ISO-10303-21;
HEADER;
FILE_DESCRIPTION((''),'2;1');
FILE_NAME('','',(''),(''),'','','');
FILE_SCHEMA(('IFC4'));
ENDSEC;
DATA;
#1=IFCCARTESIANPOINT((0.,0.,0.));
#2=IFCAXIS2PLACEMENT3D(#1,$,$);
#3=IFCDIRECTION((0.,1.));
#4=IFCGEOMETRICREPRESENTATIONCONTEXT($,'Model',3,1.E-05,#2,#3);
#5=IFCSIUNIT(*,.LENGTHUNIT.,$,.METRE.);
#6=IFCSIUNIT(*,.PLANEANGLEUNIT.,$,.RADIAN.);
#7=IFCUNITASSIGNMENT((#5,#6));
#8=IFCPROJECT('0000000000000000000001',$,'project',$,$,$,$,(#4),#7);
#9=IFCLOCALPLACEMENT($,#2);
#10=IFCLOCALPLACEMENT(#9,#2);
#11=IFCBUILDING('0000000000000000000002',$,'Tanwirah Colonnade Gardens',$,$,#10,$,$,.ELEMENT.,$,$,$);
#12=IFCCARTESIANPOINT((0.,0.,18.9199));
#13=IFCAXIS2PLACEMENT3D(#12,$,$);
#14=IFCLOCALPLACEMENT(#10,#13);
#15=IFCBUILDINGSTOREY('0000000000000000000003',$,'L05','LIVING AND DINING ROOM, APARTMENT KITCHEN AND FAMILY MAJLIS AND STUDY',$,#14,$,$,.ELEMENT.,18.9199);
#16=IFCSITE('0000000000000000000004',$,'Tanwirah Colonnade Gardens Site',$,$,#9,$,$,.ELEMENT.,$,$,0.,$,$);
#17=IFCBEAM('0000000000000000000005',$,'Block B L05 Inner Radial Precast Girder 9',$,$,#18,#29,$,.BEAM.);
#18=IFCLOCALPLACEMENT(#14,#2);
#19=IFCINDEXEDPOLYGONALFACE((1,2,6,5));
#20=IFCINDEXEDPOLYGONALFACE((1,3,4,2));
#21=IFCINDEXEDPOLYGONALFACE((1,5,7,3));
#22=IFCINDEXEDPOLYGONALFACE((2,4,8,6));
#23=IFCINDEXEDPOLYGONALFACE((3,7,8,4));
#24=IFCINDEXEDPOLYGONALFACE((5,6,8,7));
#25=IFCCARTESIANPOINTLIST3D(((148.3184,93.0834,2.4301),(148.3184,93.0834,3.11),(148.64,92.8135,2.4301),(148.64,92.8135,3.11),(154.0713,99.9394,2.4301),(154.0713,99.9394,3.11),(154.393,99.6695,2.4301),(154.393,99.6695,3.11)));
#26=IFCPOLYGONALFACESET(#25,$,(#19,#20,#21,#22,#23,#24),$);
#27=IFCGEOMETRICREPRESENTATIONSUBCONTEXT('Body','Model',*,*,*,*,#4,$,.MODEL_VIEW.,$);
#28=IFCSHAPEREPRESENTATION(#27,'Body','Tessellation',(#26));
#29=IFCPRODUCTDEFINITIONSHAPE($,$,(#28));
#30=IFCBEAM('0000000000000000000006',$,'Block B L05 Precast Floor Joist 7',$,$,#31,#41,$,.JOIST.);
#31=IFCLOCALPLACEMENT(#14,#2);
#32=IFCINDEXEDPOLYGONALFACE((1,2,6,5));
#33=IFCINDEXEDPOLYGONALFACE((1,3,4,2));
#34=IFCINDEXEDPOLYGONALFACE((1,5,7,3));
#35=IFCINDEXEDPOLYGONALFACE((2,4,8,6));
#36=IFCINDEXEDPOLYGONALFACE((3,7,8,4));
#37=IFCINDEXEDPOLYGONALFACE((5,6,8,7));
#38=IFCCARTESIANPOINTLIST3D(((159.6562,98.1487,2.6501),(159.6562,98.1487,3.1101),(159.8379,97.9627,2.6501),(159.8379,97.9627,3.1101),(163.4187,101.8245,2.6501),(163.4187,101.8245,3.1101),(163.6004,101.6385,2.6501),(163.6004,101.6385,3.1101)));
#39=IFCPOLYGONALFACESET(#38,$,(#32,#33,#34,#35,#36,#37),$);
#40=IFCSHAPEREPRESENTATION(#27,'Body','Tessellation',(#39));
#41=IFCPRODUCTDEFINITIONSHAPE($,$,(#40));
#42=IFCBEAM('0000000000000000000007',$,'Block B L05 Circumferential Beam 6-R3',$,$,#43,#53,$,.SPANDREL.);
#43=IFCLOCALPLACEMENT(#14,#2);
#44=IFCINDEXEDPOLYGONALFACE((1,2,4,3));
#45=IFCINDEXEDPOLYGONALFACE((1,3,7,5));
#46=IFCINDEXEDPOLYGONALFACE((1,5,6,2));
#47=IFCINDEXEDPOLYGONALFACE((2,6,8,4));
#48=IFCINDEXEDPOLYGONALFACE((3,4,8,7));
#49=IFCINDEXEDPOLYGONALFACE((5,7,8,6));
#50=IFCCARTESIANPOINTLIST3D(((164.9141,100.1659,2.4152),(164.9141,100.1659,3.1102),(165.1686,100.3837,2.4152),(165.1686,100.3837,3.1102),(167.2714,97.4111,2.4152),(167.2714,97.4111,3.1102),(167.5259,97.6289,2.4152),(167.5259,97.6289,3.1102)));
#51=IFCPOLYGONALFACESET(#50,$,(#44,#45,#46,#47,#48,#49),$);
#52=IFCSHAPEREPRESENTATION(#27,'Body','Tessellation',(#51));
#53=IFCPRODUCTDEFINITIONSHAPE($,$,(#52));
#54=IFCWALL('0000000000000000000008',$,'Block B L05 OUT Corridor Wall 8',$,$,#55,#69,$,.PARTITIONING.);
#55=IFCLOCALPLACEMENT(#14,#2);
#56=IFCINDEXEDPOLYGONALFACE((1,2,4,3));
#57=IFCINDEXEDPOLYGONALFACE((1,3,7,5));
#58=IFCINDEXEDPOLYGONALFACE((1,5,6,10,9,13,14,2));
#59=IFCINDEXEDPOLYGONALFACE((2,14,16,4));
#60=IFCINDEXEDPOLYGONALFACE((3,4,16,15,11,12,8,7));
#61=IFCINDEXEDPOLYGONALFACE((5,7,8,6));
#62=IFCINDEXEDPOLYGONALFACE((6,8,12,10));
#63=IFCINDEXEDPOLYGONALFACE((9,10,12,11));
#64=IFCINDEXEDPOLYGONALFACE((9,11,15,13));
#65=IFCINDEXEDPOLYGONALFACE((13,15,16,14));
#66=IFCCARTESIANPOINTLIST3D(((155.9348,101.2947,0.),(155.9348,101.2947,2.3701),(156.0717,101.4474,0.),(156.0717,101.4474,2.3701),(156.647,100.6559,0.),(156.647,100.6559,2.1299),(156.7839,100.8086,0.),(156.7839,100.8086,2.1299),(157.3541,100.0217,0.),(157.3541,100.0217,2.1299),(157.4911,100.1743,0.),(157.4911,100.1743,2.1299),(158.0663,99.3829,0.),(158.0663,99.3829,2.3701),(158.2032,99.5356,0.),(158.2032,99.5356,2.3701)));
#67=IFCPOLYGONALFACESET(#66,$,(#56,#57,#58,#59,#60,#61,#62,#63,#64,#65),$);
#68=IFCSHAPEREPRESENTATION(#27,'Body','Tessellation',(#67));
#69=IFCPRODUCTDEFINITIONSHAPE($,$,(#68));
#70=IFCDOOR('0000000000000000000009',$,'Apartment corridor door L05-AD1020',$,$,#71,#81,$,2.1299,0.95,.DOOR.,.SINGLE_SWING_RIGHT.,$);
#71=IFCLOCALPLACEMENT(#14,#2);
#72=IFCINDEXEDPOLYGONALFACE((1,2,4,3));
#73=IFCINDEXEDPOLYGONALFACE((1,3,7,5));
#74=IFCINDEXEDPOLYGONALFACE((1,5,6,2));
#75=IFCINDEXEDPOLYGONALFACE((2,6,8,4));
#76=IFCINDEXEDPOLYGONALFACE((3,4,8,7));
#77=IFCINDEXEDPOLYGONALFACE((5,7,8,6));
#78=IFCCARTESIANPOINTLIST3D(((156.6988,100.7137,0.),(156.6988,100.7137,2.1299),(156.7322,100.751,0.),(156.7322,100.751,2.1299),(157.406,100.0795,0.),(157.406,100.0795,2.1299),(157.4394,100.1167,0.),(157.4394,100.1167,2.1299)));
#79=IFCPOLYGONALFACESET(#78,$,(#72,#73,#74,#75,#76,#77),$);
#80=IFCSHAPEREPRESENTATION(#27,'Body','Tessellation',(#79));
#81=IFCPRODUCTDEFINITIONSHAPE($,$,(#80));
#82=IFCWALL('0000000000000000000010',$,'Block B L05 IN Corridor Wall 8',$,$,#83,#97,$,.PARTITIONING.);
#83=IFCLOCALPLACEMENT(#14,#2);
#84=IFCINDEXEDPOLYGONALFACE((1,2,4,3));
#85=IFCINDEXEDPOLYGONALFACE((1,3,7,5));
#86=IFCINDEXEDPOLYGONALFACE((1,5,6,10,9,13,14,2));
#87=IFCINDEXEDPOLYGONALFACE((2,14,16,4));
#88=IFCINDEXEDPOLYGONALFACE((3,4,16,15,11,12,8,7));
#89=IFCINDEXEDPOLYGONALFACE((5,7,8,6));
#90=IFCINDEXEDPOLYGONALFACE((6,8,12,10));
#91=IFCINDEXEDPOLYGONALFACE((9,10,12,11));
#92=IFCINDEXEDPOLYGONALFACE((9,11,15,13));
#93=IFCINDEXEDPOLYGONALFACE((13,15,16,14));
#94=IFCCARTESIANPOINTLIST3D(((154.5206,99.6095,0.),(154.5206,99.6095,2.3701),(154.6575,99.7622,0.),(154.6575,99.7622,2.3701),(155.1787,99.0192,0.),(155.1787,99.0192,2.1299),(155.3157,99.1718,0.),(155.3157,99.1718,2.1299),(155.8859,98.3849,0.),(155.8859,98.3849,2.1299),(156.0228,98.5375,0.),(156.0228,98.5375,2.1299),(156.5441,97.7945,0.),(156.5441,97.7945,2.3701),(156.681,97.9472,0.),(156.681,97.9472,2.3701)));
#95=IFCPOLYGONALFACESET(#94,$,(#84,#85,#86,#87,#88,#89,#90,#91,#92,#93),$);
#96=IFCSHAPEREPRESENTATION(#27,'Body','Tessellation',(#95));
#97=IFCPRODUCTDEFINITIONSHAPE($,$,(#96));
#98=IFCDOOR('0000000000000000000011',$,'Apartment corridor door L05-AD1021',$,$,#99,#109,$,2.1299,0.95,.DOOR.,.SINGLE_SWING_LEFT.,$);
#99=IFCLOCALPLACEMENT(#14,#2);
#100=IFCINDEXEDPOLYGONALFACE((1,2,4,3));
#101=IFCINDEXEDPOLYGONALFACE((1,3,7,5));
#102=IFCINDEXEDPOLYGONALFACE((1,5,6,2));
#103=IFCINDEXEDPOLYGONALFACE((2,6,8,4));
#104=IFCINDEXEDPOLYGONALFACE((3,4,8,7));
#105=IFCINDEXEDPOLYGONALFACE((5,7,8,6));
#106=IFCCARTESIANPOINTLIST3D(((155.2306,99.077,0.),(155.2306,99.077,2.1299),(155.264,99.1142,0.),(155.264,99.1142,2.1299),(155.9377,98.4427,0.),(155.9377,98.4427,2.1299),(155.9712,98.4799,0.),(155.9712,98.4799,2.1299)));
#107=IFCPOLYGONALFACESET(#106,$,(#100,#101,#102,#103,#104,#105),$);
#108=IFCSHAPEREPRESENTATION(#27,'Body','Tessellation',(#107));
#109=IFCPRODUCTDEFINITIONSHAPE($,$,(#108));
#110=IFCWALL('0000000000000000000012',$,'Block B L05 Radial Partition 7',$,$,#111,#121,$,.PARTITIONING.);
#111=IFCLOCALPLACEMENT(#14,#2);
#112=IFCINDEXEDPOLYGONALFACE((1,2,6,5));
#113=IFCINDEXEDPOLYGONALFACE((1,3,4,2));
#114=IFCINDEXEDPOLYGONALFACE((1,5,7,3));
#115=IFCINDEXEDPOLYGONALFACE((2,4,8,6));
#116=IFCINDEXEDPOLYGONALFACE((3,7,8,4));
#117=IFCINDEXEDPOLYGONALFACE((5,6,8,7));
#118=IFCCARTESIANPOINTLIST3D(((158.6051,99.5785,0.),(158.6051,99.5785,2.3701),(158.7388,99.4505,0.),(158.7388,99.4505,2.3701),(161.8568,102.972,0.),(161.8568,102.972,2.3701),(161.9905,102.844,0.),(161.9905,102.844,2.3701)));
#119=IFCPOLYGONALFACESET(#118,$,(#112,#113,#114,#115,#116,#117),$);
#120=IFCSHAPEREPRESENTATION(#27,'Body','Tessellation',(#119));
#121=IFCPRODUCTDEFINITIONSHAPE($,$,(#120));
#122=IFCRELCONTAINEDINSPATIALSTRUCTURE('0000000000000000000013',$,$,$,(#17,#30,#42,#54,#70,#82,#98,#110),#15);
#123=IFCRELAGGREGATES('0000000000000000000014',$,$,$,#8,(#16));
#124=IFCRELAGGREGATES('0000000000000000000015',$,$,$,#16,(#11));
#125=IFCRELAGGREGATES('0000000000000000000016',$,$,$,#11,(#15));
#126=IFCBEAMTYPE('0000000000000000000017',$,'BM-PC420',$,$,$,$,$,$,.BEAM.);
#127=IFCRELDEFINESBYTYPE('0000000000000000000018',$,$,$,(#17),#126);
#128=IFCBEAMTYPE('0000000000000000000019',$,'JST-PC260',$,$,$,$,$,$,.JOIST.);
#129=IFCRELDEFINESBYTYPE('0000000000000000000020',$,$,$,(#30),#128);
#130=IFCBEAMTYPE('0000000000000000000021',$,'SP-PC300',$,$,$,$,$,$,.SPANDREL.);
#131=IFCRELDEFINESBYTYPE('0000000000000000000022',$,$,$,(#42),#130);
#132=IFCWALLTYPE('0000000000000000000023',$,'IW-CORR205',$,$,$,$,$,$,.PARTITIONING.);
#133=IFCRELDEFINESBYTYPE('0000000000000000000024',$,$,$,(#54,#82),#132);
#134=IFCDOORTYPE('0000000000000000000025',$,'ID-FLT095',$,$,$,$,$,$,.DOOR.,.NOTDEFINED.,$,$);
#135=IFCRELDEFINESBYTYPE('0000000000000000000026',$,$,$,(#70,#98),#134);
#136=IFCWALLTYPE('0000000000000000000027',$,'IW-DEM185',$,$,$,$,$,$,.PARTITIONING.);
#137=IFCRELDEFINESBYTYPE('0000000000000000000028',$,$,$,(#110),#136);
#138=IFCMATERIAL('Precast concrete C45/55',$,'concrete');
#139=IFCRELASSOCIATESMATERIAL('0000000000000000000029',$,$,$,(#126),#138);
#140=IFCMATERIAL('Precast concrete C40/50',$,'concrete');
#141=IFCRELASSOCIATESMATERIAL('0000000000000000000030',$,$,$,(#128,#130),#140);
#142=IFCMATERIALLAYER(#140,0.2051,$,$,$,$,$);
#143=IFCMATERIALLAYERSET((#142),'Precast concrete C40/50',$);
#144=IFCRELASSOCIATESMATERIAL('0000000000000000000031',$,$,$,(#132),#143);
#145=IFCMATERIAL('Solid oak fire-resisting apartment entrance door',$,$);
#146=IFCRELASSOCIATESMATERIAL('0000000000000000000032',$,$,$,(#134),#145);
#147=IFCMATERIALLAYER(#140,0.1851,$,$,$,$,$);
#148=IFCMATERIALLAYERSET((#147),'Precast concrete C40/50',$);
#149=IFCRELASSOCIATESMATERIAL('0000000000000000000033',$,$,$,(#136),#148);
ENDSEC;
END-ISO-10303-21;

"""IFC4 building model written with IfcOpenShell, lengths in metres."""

from ifc_helpers import new_model, si_unit, direction, frame, frame_2d, origin, origin_2d, place, context, subcontext, project, spatial, rectangle, extrude, material, layer, layer_set, material_profile, profile_set, type_object, element, fill, save


model = new_model("IFC4")

# Units and contexts
model_context = context("Model", 3, precision=1e-05, world=origin(), true_north=direction((0.0, 1.0)))
body_context = subcontext(model_context, "Body", "Model", "MODEL_VIEW")
ifc_project = project(units=[si_unit("LENGTHUNIT", "METRE"), si_unit("PLANEANGLEUNIT", "RADIAN")], contexts=[model_context])

# Site, building, storey
site_placement = place(None, origin())
site = spatial("IfcSite", under=ifc_project, at=site_placement, Name="Tanwirah Colonnade Gardens Site", CompositionType="ELEMENT", RefElevation=0.0)
building_placement = place(site_placement, origin())
building = spatial("IfcBuilding", under=site, at=building_placement, Name="Tanwirah Colonnade Gardens", CompositionType="ELEMENT")
storey_placement = place(building_placement, frame((0.0, 0.0, 18.9199)))
storey = spatial("IfcBuildingStorey", under=building, at=storey_placement, Name="L05", Description="LIVING AND DINING ROOM, APARTMENT KITCHEN AND FAMILY MAJLIS AND STUDY", CompositionType="ELEMENT", Elevation=18.9199)

# Shared definitions
ifc_material_1 = material(Name="Precast concrete C45/55", Category="concrete")
ifc_material_2 = material(Name="Precast concrete C40/50", Category="concrete")

# Beams
ifc_material_profile_1 = material_profile(ifc_material_1, rectangle(XDim=0.4199, YDim=0.6799, at=origin_2d()), Name="PC-BM 420x680")
ifc_profile_set_1 = profile_set([ifc_material_profile_1], Name="Precast concrete C45/55")
beam_type_1 = type_object("IfcBeamType", Name="BM-PC420", PredefinedType="BEAM", material=ifc_profile_set_1)
beam_1_placement = place(storey_placement, frame((154.2322, 99.8044, 2.77), z_axis=(-0.642794, -0.766039, 0.0), x_axis=(0.766039, -0.642794, 0.0)))
element("IfcBeam", 1, at=beam_1_placement, inside=storey, type_object=beam_type_1, Name="Block B L05 Inner Radial Precast Girder 9", PredefinedType="BEAM", context=body_context, shape_type="SweptSolid", body=[
    extrude(rectangle(XDim=0.4199, YDim=0.6799, at=origin_2d()), origin(), (0.0, 0.0, 1.0), 8.95),
])
ifc_material_profile_2 = material_profile(ifc_material_2, rectangle(XDim=0.26, YDim=0.46, at=origin_2d()), Name="PC-JST 260x460")
ifc_profile_set_2 = profile_set([ifc_material_profile_2], Name="Precast concrete C40/50")
beam_type_2 = type_object("IfcBeamType", Name="JST-PC260", PredefinedType="JOIST", material=ifc_profile_set_2)
beam_2_placement = place(storey_placement, frame((159.7471, 98.0557, 2.8801), z_axis=(0.715297, 0.69882, 0.0), x_axis=(-0.69882, 0.715297, 0.0)))
element("IfcBeam", 2, at=beam_2_placement, inside=storey, type_object=beam_type_2, Name="Block B L05 Precast Floor Joist 7", PredefinedType="JOIST", context=body_context, shape_type="SweptSolid", body=[
    extrude(rectangle(XDim=0.26, YDim=0.46, at=origin_2d()), origin(), (0.0, 0.0, 1.0), 5.26),
])
ifc_material_profile_3 = material_profile(ifc_material_2, rectangle(XDim=0.335, YDim=0.6951, at=origin_2d()), Name="PC-SP 335x695")
ifc_profile_set_3 = profile_set([ifc_material_profile_3], Name="Precast concrete C40/50")
beam_type_3 = type_object("IfcBeamType", Name="SP-PC300", PredefinedType="SPANDREL", material=ifc_profile_set_3)
beam_3_placement = place(storey_placement, frame((167.3987, 97.52, 2.7627), z_axis=(-0.65017, 0.759789, 0.0), x_axis=(-0.759789, -0.65017, 0.0)))
element("IfcBeam", 3, at=beam_3_placement, inside=storey, type_object=beam_type_3, Name="Block B L05 Circumferential Beam 6-R3", PredefinedType="SPANDREL", context=body_context, shape_type="SweptSolid", body=[
    extrude(rectangle(XDim=0.335, YDim=0.6951, at=origin_2d()), origin(), (0.0, 0.0, 1.0), 3.6257),
])

# Walls, openings, doors
ifc_layer_1 = layer(ifc_material_2, 0.2051)
ifc_layer_set_1 = layer_set([ifc_layer_1], Name="Precast concrete C40/50")
wall_type_1 = type_object("IfcWallType", Name="IW-CORR205", PredefinedType="PARTITIONING", material=ifc_layer_set_1)
ifc_material_3 = material(Name="Solid oak fire-resisting apartment entrance door")
wall_1_placement = place(storey_placement, frame((158.1348, 99.4592, 0.0), z_axis=(0.0, 0.0, 1.0), x_axis=(-0.744434, 0.667697, 0.0)))
wall_1 = element("IfcWall", 4, at=wall_1_placement, inside=storey, type_object=wall_type_1, Name="Block B L05 OUT Corridor Wall 8", PredefinedType="PARTITIONING", context=body_context, shape_type="SweptSolid", body=[
    extrude(rectangle(XDim=2.8633, YDim=0.2051, at=frame_2d((1.4316, 0.0))), origin(), (0.0, 0.0, 1.0), 2.3701),
])
opening_1_placement = place(wall_1_placement, frame((0.9565, 0.0, 0.0)))
opening_1 = element("IfcOpeningElement", 5, at=opening_1_placement, cuts=wall_1, PredefinedType="OPENING", context=body_context, shape_type="SweptSolid", body=[
    extrude(rectangle(XDim=0.95, YDim=2.1299, at=frame_2d((0.4751, 1.0649))), frame((0.0, 0.1125, 0.0), z_axis=(0.0, -1.0, 0.0), x_axis=(1.0, 0.0, 0.0)), (0.0, 0.0, 1.0), 0.2251),
])
door_type_1 = type_object("IfcDoorType", Name="ID-FLT095", OperationType="NOTDEFINED", PredefinedType="DOOR", material=ifc_material_3)
door_1_placement = place(opening_1_placement, origin())
door_1 = element("IfcDoor", 6, at=door_1_placement, inside=storey, type_object=door_type_1, Name="Apartment corridor door L05-AD1020", OperationType="SINGLE_SWING_RIGHT", OverallHeight=2.1299, OverallWidth=0.95, PredefinedType="DOOR", context=body_context, shape_type="SweptSolid", body=[
    extrude(rectangle(XDim=0.95, YDim=2.1299, at=frame_2d((0.4751, 1.0649))), frame((0.0, 0.0249, 0.0), z_axis=(0.0, -1.0, 0.0), x_axis=(1.0, 0.0, 0.0)), (0.0, 0.0, 1.0), 0.05),
])
fill(opening_1, door_1)
wall_2_placement = place(storey_placement, frame((156.6125, 97.8708, 0.0), z_axis=(0.0, 0.0, 1.0), x_axis=(-0.744419, 0.667713, 0.0)))
wall_2 = element("IfcWall", 7, at=wall_2_placement, inside=storey, type_object=wall_type_1, Name="Block B L05 IN Corridor Wall 8", PredefinedType="PARTITIONING", context=body_context, shape_type="SweptSolid", body=[
    extrude(rectangle(XDim=2.7183, YDim=0.2051, at=frame_2d((1.3591, 0.0))), origin(), (0.0, 0.0, 1.0), 2.3701),
])
opening_2_placement = place(wall_2_placement, frame((0.884, 0.0, 0.0)))
opening_2 = element("IfcOpeningElement", 8, at=opening_2_placement, cuts=wall_2, PredefinedType="OPENING", context=body_context, shape_type="SweptSolid", body=[
    extrude(rectangle(XDim=0.95, YDim=2.1299, at=frame_2d((0.4751, 1.0649))), frame((0.0, 0.1125, 0.0), z_axis=(0.0, -1.0, 0.0), x_axis=(1.0, 0.0, 0.0)), (0.0, 0.0, 1.0), 0.2251),
])
door_2_placement = place(opening_2_placement, origin())
door_2 = element("IfcDoor", 9, at=door_2_placement, inside=storey, type_object=door_type_1, Name="Apartment corridor door L05-AD1021", OperationType="SINGLE_SWING_LEFT", OverallHeight=2.1299, OverallWidth=0.95, PredefinedType="DOOR", context=body_context, shape_type="SweptSolid", body=[
    extrude(rectangle(XDim=0.95, YDim=2.1299, at=frame_2d((0.4751, 1.0649))), frame((0.0, 0.0249, 0.0), z_axis=(0.0, -1.0, 0.0), x_axis=(1.0, 0.0, 0.0)), (0.0, 0.0, 1.0), 0.05),
])
fill(opening_2, door_2)

# Wall
ifc_layer_2 = layer(ifc_material_2, 0.1851)
ifc_layer_set_2 = layer_set([ifc_layer_2], Name="Precast concrete C40/50")
wall_type_2 = type_object("IfcWallType", Name="IW-DEM185", PredefinedType="PARTITIONING", material=ifc_layer_set_2)
wall_3_placement = place(storey_placement, frame((158.6719, 99.5144, 0.0), z_axis=(0.0, 0.0, 1.0), x_axis=(0.691856, 0.722036, 0.0)))
element("IfcWall", 10, at=wall_3_placement, inside=storey, type_object=wall_type_2, Name="Block B L05 Radial Partition 7", PredefinedType="PARTITIONING", context=body_context, shape_type="SweptSolid", body=[
    extrude(rectangle(XDim=4.7, YDim=0.1851, at=frame_2d((2.3501, 0.0))), origin(), (0.0, 0.0, 1.0), 2.3701),
])

save(model, "model.ifc")
